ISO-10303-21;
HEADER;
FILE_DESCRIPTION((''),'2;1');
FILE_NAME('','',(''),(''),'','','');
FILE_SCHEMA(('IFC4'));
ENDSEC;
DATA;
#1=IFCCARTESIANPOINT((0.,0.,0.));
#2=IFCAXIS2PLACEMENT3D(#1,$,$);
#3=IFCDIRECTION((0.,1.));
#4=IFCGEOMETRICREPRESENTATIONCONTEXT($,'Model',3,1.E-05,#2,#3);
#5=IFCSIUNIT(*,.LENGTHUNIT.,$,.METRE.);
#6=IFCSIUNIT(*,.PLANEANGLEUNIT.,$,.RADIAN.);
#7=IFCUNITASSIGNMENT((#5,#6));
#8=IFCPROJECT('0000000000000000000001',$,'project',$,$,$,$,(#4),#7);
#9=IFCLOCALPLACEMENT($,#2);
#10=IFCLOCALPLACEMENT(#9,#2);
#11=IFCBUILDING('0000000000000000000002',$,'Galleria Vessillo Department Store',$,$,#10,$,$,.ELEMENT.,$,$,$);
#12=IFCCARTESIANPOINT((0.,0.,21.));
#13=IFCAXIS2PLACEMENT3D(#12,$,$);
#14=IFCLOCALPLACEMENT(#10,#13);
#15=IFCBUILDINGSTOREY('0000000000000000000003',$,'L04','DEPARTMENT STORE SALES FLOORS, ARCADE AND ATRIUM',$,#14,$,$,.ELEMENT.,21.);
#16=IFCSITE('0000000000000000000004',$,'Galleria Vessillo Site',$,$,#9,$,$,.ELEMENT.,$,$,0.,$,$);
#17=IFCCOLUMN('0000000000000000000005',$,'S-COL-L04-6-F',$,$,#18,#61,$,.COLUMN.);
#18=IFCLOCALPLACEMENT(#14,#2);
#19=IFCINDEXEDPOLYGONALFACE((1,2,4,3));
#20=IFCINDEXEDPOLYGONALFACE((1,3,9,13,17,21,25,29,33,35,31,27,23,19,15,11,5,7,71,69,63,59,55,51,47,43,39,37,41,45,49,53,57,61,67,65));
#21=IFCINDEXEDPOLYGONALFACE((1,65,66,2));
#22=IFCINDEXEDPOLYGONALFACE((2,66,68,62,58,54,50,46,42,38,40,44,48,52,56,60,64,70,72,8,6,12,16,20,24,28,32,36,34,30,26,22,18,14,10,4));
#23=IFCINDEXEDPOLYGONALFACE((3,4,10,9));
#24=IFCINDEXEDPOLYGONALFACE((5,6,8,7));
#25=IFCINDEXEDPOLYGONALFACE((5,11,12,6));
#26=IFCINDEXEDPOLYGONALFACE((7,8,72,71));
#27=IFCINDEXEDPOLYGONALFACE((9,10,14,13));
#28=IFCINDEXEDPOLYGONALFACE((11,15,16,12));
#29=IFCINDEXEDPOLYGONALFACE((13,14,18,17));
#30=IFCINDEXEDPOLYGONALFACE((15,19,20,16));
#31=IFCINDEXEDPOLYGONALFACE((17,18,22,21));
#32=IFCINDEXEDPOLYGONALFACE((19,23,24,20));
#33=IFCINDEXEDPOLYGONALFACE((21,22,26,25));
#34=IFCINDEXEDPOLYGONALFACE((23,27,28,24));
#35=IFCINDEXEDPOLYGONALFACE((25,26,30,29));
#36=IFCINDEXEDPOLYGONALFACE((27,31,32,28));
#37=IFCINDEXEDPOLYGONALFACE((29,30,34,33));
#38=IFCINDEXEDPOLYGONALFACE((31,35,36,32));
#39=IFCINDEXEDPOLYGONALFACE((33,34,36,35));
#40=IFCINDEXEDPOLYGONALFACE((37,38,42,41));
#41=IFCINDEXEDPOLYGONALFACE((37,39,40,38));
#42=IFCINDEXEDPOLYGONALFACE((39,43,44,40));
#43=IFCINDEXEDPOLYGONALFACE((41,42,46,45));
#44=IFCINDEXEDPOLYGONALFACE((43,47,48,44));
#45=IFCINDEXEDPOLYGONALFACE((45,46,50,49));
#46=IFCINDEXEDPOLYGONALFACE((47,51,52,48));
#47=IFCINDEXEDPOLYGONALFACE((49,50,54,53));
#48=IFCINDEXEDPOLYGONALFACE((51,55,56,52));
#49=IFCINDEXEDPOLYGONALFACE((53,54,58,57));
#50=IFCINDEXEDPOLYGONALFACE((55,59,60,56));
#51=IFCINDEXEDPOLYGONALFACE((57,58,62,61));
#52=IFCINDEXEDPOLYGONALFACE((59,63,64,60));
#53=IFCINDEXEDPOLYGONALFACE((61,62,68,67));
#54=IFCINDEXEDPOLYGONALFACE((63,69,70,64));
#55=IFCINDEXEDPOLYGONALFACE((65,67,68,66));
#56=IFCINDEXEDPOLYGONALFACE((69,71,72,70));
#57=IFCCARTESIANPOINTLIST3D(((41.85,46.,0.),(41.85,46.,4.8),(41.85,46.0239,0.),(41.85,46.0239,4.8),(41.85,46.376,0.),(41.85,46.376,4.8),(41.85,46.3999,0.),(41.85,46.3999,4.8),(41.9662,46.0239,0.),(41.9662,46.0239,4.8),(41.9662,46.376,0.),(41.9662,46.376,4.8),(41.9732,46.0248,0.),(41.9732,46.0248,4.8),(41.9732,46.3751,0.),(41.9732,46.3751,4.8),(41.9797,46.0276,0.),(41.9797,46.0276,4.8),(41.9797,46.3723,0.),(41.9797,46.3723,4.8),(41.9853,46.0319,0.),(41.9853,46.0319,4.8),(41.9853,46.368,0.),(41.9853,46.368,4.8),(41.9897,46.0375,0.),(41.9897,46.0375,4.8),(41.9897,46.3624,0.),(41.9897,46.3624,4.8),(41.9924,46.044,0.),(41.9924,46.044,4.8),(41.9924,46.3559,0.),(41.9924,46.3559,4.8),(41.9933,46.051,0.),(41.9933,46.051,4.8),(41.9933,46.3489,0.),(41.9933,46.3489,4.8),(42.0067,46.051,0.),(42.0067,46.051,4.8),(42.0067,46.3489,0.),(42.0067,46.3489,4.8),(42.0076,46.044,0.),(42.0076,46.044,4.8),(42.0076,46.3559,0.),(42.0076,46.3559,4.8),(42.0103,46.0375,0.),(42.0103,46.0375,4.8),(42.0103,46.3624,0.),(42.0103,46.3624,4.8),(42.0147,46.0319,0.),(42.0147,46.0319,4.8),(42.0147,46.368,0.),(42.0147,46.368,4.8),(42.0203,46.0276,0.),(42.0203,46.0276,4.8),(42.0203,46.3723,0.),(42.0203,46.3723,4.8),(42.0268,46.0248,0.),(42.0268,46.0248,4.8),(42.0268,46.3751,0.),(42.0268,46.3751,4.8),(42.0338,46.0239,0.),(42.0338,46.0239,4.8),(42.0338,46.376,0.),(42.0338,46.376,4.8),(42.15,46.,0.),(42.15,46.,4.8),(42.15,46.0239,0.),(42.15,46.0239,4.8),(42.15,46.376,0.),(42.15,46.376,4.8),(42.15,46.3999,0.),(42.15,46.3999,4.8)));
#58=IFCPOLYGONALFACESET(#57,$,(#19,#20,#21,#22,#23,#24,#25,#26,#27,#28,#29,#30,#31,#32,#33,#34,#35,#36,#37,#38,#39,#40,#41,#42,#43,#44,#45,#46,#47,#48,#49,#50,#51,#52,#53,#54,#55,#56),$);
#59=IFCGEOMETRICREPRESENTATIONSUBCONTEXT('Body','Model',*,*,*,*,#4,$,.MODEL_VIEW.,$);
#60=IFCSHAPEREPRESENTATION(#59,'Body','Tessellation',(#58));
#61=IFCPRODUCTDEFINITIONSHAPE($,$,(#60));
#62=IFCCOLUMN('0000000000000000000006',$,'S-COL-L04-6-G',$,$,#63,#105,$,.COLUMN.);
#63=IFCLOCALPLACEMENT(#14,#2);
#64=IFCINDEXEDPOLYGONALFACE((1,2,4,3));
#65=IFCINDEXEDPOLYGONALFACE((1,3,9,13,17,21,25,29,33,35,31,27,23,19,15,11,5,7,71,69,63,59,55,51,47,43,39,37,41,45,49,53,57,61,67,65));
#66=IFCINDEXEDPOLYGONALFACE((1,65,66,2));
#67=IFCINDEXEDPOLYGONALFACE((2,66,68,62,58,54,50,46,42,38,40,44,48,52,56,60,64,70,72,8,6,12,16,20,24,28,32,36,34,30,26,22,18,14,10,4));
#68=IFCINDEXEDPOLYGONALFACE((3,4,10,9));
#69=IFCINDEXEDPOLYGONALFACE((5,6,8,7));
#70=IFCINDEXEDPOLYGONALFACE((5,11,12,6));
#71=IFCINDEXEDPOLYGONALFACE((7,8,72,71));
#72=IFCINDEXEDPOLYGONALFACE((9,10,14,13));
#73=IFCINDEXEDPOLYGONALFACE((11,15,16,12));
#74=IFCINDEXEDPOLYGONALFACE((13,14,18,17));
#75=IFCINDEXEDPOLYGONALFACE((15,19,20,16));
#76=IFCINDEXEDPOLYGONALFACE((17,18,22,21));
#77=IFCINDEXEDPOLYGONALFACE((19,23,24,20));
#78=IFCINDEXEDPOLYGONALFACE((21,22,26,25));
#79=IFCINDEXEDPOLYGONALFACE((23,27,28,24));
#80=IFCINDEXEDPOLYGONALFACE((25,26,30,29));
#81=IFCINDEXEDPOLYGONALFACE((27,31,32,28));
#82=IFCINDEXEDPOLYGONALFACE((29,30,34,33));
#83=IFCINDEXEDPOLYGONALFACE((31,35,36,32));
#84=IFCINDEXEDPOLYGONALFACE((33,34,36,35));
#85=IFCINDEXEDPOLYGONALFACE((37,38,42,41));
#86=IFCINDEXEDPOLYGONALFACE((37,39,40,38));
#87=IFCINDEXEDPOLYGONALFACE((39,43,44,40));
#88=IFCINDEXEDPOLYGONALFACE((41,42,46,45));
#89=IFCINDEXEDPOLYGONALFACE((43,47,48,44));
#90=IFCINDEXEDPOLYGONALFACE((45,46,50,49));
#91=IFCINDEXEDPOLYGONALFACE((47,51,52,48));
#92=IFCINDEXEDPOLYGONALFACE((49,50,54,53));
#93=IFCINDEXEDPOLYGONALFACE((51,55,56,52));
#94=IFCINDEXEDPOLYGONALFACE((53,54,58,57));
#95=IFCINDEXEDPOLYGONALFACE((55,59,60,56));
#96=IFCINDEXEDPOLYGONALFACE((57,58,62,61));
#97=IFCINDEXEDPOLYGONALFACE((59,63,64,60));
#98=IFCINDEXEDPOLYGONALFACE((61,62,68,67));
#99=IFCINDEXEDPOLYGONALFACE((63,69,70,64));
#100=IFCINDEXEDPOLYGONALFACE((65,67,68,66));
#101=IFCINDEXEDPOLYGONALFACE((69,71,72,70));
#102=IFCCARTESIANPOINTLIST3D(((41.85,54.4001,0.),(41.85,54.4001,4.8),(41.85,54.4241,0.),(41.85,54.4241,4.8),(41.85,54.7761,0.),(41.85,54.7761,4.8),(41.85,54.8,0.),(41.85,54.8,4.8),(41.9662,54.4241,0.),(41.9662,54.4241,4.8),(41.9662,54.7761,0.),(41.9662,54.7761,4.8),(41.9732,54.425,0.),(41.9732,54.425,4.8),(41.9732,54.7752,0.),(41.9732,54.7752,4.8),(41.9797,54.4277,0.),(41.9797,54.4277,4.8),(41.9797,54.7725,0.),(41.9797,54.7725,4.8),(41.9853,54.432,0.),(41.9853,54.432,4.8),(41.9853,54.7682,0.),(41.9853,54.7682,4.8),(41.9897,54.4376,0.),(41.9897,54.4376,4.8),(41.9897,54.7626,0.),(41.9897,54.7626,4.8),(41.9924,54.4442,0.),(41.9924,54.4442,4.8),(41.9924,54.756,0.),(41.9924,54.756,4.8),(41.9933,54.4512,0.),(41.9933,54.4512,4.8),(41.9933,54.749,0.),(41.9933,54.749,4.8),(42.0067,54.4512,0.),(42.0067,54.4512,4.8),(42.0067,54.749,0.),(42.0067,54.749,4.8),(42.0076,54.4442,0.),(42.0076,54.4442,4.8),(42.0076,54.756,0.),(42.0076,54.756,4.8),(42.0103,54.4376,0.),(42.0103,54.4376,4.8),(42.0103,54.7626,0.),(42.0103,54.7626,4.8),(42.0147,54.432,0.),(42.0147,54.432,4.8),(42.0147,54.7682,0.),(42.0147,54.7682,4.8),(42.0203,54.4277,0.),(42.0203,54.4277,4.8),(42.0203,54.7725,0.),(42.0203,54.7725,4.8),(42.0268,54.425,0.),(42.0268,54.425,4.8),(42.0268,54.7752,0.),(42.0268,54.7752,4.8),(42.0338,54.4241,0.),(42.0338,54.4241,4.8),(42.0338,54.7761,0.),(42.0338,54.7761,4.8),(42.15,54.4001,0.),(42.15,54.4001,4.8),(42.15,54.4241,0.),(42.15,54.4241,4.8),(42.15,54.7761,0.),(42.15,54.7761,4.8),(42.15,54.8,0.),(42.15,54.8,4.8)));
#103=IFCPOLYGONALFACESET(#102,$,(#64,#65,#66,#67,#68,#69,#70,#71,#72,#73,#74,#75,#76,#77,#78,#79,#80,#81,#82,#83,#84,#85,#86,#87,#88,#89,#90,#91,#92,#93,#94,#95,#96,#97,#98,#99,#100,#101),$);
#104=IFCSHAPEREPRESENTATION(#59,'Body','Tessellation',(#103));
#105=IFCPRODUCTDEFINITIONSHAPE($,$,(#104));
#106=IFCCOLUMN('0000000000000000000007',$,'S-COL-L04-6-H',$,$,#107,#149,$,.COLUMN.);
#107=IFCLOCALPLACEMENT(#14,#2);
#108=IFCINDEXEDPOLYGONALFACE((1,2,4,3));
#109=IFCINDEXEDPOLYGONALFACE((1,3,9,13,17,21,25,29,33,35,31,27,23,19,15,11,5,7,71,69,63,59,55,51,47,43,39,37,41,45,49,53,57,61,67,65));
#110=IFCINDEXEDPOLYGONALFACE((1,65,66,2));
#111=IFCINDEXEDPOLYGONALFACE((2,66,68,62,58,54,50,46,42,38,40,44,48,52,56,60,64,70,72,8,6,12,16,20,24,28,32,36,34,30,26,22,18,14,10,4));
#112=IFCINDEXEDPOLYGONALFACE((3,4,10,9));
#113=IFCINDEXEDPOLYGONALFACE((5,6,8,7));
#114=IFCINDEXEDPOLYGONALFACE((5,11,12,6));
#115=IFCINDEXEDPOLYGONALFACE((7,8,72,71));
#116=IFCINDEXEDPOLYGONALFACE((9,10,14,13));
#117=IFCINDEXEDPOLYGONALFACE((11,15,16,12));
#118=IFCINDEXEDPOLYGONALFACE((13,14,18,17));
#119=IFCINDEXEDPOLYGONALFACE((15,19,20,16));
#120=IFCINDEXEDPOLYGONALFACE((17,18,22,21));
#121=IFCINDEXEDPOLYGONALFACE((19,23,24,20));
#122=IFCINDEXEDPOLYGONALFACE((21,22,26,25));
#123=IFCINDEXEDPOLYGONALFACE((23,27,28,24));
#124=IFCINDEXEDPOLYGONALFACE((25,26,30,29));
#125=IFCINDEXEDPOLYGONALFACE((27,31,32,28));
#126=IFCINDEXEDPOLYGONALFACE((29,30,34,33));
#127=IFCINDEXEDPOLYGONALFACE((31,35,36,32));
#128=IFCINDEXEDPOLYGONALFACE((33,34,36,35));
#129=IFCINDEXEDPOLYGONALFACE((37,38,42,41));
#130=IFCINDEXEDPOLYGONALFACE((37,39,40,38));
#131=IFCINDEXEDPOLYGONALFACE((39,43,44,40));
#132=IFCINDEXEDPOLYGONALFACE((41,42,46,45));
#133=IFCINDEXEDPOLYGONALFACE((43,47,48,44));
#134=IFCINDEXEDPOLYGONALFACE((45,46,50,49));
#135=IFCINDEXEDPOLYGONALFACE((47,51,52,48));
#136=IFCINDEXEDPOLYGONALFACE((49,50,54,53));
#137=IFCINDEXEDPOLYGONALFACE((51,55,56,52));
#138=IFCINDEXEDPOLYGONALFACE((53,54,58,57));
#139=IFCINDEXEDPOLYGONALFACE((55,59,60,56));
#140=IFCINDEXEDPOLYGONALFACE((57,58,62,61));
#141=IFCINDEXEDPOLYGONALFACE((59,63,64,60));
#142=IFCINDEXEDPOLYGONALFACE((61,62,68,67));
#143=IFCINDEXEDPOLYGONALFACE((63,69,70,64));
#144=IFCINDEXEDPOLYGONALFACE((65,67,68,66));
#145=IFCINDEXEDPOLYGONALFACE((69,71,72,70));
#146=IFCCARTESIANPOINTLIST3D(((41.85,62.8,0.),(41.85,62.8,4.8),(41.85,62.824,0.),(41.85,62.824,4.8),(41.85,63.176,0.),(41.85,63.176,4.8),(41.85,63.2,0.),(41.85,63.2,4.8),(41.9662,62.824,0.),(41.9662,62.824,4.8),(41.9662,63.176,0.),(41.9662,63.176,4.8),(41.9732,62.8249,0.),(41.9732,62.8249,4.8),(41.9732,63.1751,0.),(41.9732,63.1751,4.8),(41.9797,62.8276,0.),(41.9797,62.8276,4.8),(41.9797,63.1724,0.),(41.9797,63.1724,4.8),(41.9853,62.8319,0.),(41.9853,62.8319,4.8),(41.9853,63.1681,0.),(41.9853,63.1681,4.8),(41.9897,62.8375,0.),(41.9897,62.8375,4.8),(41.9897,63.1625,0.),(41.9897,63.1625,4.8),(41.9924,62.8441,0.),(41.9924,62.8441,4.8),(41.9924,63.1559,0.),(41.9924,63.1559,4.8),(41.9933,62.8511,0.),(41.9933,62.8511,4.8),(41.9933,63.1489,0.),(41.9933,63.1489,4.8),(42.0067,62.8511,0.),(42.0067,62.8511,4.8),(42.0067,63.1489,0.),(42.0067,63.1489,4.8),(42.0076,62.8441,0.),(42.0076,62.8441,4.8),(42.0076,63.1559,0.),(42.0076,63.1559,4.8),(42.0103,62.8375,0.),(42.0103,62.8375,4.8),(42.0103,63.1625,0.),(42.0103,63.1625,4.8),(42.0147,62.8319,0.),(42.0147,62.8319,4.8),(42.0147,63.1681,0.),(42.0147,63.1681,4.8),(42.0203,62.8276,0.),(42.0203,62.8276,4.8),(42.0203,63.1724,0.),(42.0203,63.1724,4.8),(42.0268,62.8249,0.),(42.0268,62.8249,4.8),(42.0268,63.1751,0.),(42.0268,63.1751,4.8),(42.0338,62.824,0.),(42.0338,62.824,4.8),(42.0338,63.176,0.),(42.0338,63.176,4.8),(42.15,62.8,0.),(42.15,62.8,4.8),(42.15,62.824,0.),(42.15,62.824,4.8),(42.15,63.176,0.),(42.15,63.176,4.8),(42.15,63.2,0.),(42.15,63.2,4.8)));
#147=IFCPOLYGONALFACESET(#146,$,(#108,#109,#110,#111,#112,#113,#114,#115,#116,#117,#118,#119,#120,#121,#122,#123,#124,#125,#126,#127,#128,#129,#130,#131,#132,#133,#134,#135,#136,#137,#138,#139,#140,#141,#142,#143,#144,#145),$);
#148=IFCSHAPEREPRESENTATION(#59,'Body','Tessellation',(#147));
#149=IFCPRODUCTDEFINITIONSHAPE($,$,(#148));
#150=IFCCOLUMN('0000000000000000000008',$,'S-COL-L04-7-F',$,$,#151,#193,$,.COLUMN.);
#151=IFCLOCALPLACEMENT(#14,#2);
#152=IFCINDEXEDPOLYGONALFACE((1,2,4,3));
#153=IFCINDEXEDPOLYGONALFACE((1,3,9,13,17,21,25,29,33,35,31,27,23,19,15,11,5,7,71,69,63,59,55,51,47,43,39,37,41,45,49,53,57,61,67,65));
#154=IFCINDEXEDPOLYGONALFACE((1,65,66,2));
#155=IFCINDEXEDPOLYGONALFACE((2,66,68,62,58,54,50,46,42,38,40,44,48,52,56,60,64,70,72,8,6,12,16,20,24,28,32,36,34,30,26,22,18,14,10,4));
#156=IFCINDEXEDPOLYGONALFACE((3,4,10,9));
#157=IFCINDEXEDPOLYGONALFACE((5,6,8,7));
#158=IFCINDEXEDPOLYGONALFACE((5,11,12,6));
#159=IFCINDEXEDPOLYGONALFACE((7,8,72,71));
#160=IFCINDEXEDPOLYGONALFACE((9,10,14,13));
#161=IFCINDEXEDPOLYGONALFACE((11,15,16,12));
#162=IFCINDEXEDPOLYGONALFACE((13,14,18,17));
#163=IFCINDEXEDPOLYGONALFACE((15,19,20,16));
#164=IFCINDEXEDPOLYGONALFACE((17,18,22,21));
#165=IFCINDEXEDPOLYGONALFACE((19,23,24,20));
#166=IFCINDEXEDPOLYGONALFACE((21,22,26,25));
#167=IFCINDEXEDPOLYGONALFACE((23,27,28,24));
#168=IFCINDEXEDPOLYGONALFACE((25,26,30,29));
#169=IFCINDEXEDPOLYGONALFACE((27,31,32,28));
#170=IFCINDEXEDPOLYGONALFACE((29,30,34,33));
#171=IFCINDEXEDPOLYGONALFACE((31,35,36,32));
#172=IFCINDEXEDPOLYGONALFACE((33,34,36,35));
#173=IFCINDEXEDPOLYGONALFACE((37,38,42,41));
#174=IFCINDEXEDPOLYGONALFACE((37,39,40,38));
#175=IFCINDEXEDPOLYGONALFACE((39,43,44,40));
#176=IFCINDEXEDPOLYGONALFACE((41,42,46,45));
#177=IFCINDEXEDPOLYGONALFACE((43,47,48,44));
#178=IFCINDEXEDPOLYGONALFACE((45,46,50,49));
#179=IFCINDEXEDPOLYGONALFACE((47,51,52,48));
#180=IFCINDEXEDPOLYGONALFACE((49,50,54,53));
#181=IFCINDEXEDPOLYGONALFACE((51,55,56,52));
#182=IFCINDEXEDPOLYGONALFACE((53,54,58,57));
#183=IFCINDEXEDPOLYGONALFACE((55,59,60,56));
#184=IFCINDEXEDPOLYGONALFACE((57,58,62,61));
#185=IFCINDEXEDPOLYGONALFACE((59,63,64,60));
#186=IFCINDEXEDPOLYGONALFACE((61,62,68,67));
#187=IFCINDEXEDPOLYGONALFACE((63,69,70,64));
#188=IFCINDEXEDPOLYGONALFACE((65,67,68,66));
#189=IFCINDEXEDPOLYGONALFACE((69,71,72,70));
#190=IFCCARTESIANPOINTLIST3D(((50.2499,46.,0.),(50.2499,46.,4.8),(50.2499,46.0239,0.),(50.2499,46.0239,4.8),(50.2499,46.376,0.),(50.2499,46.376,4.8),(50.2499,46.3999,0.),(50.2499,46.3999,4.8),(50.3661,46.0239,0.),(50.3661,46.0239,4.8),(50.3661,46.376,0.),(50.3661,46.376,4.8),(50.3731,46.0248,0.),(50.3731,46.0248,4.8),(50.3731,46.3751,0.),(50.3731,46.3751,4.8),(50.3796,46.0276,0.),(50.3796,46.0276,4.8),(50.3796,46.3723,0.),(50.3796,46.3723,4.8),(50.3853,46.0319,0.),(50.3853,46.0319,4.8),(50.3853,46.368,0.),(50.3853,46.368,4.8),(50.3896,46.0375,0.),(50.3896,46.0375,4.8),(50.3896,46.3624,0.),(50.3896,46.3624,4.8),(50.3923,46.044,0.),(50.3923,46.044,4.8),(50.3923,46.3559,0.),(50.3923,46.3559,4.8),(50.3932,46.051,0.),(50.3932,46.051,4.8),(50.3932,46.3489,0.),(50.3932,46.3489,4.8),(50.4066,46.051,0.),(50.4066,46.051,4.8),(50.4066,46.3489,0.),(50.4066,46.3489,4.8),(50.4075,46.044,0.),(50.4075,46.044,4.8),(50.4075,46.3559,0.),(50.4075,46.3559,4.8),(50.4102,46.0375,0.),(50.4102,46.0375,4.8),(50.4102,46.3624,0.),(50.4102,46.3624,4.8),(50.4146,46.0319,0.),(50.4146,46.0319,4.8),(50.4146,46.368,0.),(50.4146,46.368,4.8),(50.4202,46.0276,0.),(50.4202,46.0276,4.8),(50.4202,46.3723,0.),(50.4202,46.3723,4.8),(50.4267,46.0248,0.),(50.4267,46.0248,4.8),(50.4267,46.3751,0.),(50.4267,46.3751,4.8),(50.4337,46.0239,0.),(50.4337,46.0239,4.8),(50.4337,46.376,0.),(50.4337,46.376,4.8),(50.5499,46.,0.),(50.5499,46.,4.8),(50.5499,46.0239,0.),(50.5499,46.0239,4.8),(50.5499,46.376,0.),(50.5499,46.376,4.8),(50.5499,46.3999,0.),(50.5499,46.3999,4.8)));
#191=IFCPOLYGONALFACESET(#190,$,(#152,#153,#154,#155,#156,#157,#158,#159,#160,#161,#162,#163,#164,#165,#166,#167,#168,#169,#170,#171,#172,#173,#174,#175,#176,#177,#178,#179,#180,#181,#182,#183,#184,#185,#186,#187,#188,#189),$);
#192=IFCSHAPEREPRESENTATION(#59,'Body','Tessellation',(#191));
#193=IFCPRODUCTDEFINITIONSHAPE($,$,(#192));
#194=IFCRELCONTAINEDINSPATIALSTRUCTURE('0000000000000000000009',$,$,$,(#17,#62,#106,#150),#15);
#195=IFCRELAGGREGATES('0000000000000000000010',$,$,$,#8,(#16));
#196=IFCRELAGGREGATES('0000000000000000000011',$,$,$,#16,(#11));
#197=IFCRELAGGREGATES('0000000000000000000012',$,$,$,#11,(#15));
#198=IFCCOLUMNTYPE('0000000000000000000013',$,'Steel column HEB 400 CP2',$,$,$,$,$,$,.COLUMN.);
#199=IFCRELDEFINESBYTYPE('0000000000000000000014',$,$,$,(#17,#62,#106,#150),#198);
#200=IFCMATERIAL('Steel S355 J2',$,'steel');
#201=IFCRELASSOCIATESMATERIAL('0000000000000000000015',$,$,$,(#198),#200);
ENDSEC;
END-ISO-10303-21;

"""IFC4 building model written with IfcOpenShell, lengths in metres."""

from ifc_helpers import new_model, si_unit, direction, frame, origin, origin_2d, place, context, subcontext, project, spatial, i_section, extrude, material, material_profile, profile_set, type_object, element, save


model = new_model("IFC4")

# Units and contexts
model_context = context("Model", 3, precision=1e-05, world=origin(), true_north=direction((0.0, 1.0)))
body_context = subcontext(model_context, "Body", "Model", "MODEL_VIEW")
ifc_project = project(units=[si_unit("LENGTHUNIT", "METRE"), si_unit("PLANEANGLEUNIT", "RADIAN")], contexts=[model_context])

# Site, building, storey
site_placement = place(None, origin())
site = spatial("IfcSite", under=ifc_project, at=site_placement, Name="Galleria Vessillo Site", CompositionType="ELEMENT", RefElevation=0.0)
building_placement = place(site_placement, origin())
building = spatial("IfcBuilding", under=site, at=building_placement, Name="Galleria Vessillo Department Store", CompositionType="ELEMENT")
storey_placement = place(building_placement, frame((0.0, 0.0, 21.0)))
storey = spatial("IfcBuildingStorey", under=building, at=storey_placement, Name="L04", Description="DEPARTMENT STORE SALES FLOORS, ARCADE AND ATRIUM", CompositionType="ELEMENT", Elevation=21.0)

# Columns
ifc_material_1 = material(Name="Steel S355 J2", Category="steel")
ifc_material_profile_1 = material_profile(ifc_material_1, i_section(OverallWidth=0.3, OverallDepth=0.3999, WebThickness=0.0134, FlangeThickness=0.0239, FilletRadius=0.0271, at=origin_2d()), Name="HEB 400")
ifc_profile_set_1 = profile_set([ifc_material_profile_1], Name="Steel S355 J2")
column_type = type_object("IfcColumnType", Name="Steel column HEB 400 CP2", PredefinedType="COLUMN", material=ifc_profile_set_1)
for number, where, z_axis, x_axis, name in (
    (1, (42.0, 46.2, 0.0), (0.0, 0.0, 1.0), (1.0, 0.0, 0.0), "S-COL-L04-6-F"),
    (2, (42.0, 54.6001, 0.0), (0.0, 0.0, 1.0), (1.0, 0.0, 0.0), "S-COL-L04-6-G"),
    (3, (42.0, 63.0, 0.0), (0.0, 0.0, 1.0), (1.0, 0.0, 0.0), "S-COL-L04-6-H"),
    (4, (50.3999, 46.2, 0.0), (0.0, 0.0, 1.0), (1.0, 0.0, 0.0), "S-COL-L04-7-F"),
):
    element("IfcColumn", number, at=place(storey_placement, frame(where, z_axis=z_axis, x_axis=x_axis)), inside=storey, type_object=column_type, Name=name, PredefinedType="COLUMN", context=body_context, shape_type="SweptSolid", body=[
        extrude(i_section(OverallWidth=0.3, OverallDepth=0.3999, WebThickness=0.0134, FlangeThickness=0.0239, FilletRadius=0.0271, at=origin_2d()), origin(), (0.0, 0.0, 1.0), 4.8),
    ])

save(model, "model.ifc")
